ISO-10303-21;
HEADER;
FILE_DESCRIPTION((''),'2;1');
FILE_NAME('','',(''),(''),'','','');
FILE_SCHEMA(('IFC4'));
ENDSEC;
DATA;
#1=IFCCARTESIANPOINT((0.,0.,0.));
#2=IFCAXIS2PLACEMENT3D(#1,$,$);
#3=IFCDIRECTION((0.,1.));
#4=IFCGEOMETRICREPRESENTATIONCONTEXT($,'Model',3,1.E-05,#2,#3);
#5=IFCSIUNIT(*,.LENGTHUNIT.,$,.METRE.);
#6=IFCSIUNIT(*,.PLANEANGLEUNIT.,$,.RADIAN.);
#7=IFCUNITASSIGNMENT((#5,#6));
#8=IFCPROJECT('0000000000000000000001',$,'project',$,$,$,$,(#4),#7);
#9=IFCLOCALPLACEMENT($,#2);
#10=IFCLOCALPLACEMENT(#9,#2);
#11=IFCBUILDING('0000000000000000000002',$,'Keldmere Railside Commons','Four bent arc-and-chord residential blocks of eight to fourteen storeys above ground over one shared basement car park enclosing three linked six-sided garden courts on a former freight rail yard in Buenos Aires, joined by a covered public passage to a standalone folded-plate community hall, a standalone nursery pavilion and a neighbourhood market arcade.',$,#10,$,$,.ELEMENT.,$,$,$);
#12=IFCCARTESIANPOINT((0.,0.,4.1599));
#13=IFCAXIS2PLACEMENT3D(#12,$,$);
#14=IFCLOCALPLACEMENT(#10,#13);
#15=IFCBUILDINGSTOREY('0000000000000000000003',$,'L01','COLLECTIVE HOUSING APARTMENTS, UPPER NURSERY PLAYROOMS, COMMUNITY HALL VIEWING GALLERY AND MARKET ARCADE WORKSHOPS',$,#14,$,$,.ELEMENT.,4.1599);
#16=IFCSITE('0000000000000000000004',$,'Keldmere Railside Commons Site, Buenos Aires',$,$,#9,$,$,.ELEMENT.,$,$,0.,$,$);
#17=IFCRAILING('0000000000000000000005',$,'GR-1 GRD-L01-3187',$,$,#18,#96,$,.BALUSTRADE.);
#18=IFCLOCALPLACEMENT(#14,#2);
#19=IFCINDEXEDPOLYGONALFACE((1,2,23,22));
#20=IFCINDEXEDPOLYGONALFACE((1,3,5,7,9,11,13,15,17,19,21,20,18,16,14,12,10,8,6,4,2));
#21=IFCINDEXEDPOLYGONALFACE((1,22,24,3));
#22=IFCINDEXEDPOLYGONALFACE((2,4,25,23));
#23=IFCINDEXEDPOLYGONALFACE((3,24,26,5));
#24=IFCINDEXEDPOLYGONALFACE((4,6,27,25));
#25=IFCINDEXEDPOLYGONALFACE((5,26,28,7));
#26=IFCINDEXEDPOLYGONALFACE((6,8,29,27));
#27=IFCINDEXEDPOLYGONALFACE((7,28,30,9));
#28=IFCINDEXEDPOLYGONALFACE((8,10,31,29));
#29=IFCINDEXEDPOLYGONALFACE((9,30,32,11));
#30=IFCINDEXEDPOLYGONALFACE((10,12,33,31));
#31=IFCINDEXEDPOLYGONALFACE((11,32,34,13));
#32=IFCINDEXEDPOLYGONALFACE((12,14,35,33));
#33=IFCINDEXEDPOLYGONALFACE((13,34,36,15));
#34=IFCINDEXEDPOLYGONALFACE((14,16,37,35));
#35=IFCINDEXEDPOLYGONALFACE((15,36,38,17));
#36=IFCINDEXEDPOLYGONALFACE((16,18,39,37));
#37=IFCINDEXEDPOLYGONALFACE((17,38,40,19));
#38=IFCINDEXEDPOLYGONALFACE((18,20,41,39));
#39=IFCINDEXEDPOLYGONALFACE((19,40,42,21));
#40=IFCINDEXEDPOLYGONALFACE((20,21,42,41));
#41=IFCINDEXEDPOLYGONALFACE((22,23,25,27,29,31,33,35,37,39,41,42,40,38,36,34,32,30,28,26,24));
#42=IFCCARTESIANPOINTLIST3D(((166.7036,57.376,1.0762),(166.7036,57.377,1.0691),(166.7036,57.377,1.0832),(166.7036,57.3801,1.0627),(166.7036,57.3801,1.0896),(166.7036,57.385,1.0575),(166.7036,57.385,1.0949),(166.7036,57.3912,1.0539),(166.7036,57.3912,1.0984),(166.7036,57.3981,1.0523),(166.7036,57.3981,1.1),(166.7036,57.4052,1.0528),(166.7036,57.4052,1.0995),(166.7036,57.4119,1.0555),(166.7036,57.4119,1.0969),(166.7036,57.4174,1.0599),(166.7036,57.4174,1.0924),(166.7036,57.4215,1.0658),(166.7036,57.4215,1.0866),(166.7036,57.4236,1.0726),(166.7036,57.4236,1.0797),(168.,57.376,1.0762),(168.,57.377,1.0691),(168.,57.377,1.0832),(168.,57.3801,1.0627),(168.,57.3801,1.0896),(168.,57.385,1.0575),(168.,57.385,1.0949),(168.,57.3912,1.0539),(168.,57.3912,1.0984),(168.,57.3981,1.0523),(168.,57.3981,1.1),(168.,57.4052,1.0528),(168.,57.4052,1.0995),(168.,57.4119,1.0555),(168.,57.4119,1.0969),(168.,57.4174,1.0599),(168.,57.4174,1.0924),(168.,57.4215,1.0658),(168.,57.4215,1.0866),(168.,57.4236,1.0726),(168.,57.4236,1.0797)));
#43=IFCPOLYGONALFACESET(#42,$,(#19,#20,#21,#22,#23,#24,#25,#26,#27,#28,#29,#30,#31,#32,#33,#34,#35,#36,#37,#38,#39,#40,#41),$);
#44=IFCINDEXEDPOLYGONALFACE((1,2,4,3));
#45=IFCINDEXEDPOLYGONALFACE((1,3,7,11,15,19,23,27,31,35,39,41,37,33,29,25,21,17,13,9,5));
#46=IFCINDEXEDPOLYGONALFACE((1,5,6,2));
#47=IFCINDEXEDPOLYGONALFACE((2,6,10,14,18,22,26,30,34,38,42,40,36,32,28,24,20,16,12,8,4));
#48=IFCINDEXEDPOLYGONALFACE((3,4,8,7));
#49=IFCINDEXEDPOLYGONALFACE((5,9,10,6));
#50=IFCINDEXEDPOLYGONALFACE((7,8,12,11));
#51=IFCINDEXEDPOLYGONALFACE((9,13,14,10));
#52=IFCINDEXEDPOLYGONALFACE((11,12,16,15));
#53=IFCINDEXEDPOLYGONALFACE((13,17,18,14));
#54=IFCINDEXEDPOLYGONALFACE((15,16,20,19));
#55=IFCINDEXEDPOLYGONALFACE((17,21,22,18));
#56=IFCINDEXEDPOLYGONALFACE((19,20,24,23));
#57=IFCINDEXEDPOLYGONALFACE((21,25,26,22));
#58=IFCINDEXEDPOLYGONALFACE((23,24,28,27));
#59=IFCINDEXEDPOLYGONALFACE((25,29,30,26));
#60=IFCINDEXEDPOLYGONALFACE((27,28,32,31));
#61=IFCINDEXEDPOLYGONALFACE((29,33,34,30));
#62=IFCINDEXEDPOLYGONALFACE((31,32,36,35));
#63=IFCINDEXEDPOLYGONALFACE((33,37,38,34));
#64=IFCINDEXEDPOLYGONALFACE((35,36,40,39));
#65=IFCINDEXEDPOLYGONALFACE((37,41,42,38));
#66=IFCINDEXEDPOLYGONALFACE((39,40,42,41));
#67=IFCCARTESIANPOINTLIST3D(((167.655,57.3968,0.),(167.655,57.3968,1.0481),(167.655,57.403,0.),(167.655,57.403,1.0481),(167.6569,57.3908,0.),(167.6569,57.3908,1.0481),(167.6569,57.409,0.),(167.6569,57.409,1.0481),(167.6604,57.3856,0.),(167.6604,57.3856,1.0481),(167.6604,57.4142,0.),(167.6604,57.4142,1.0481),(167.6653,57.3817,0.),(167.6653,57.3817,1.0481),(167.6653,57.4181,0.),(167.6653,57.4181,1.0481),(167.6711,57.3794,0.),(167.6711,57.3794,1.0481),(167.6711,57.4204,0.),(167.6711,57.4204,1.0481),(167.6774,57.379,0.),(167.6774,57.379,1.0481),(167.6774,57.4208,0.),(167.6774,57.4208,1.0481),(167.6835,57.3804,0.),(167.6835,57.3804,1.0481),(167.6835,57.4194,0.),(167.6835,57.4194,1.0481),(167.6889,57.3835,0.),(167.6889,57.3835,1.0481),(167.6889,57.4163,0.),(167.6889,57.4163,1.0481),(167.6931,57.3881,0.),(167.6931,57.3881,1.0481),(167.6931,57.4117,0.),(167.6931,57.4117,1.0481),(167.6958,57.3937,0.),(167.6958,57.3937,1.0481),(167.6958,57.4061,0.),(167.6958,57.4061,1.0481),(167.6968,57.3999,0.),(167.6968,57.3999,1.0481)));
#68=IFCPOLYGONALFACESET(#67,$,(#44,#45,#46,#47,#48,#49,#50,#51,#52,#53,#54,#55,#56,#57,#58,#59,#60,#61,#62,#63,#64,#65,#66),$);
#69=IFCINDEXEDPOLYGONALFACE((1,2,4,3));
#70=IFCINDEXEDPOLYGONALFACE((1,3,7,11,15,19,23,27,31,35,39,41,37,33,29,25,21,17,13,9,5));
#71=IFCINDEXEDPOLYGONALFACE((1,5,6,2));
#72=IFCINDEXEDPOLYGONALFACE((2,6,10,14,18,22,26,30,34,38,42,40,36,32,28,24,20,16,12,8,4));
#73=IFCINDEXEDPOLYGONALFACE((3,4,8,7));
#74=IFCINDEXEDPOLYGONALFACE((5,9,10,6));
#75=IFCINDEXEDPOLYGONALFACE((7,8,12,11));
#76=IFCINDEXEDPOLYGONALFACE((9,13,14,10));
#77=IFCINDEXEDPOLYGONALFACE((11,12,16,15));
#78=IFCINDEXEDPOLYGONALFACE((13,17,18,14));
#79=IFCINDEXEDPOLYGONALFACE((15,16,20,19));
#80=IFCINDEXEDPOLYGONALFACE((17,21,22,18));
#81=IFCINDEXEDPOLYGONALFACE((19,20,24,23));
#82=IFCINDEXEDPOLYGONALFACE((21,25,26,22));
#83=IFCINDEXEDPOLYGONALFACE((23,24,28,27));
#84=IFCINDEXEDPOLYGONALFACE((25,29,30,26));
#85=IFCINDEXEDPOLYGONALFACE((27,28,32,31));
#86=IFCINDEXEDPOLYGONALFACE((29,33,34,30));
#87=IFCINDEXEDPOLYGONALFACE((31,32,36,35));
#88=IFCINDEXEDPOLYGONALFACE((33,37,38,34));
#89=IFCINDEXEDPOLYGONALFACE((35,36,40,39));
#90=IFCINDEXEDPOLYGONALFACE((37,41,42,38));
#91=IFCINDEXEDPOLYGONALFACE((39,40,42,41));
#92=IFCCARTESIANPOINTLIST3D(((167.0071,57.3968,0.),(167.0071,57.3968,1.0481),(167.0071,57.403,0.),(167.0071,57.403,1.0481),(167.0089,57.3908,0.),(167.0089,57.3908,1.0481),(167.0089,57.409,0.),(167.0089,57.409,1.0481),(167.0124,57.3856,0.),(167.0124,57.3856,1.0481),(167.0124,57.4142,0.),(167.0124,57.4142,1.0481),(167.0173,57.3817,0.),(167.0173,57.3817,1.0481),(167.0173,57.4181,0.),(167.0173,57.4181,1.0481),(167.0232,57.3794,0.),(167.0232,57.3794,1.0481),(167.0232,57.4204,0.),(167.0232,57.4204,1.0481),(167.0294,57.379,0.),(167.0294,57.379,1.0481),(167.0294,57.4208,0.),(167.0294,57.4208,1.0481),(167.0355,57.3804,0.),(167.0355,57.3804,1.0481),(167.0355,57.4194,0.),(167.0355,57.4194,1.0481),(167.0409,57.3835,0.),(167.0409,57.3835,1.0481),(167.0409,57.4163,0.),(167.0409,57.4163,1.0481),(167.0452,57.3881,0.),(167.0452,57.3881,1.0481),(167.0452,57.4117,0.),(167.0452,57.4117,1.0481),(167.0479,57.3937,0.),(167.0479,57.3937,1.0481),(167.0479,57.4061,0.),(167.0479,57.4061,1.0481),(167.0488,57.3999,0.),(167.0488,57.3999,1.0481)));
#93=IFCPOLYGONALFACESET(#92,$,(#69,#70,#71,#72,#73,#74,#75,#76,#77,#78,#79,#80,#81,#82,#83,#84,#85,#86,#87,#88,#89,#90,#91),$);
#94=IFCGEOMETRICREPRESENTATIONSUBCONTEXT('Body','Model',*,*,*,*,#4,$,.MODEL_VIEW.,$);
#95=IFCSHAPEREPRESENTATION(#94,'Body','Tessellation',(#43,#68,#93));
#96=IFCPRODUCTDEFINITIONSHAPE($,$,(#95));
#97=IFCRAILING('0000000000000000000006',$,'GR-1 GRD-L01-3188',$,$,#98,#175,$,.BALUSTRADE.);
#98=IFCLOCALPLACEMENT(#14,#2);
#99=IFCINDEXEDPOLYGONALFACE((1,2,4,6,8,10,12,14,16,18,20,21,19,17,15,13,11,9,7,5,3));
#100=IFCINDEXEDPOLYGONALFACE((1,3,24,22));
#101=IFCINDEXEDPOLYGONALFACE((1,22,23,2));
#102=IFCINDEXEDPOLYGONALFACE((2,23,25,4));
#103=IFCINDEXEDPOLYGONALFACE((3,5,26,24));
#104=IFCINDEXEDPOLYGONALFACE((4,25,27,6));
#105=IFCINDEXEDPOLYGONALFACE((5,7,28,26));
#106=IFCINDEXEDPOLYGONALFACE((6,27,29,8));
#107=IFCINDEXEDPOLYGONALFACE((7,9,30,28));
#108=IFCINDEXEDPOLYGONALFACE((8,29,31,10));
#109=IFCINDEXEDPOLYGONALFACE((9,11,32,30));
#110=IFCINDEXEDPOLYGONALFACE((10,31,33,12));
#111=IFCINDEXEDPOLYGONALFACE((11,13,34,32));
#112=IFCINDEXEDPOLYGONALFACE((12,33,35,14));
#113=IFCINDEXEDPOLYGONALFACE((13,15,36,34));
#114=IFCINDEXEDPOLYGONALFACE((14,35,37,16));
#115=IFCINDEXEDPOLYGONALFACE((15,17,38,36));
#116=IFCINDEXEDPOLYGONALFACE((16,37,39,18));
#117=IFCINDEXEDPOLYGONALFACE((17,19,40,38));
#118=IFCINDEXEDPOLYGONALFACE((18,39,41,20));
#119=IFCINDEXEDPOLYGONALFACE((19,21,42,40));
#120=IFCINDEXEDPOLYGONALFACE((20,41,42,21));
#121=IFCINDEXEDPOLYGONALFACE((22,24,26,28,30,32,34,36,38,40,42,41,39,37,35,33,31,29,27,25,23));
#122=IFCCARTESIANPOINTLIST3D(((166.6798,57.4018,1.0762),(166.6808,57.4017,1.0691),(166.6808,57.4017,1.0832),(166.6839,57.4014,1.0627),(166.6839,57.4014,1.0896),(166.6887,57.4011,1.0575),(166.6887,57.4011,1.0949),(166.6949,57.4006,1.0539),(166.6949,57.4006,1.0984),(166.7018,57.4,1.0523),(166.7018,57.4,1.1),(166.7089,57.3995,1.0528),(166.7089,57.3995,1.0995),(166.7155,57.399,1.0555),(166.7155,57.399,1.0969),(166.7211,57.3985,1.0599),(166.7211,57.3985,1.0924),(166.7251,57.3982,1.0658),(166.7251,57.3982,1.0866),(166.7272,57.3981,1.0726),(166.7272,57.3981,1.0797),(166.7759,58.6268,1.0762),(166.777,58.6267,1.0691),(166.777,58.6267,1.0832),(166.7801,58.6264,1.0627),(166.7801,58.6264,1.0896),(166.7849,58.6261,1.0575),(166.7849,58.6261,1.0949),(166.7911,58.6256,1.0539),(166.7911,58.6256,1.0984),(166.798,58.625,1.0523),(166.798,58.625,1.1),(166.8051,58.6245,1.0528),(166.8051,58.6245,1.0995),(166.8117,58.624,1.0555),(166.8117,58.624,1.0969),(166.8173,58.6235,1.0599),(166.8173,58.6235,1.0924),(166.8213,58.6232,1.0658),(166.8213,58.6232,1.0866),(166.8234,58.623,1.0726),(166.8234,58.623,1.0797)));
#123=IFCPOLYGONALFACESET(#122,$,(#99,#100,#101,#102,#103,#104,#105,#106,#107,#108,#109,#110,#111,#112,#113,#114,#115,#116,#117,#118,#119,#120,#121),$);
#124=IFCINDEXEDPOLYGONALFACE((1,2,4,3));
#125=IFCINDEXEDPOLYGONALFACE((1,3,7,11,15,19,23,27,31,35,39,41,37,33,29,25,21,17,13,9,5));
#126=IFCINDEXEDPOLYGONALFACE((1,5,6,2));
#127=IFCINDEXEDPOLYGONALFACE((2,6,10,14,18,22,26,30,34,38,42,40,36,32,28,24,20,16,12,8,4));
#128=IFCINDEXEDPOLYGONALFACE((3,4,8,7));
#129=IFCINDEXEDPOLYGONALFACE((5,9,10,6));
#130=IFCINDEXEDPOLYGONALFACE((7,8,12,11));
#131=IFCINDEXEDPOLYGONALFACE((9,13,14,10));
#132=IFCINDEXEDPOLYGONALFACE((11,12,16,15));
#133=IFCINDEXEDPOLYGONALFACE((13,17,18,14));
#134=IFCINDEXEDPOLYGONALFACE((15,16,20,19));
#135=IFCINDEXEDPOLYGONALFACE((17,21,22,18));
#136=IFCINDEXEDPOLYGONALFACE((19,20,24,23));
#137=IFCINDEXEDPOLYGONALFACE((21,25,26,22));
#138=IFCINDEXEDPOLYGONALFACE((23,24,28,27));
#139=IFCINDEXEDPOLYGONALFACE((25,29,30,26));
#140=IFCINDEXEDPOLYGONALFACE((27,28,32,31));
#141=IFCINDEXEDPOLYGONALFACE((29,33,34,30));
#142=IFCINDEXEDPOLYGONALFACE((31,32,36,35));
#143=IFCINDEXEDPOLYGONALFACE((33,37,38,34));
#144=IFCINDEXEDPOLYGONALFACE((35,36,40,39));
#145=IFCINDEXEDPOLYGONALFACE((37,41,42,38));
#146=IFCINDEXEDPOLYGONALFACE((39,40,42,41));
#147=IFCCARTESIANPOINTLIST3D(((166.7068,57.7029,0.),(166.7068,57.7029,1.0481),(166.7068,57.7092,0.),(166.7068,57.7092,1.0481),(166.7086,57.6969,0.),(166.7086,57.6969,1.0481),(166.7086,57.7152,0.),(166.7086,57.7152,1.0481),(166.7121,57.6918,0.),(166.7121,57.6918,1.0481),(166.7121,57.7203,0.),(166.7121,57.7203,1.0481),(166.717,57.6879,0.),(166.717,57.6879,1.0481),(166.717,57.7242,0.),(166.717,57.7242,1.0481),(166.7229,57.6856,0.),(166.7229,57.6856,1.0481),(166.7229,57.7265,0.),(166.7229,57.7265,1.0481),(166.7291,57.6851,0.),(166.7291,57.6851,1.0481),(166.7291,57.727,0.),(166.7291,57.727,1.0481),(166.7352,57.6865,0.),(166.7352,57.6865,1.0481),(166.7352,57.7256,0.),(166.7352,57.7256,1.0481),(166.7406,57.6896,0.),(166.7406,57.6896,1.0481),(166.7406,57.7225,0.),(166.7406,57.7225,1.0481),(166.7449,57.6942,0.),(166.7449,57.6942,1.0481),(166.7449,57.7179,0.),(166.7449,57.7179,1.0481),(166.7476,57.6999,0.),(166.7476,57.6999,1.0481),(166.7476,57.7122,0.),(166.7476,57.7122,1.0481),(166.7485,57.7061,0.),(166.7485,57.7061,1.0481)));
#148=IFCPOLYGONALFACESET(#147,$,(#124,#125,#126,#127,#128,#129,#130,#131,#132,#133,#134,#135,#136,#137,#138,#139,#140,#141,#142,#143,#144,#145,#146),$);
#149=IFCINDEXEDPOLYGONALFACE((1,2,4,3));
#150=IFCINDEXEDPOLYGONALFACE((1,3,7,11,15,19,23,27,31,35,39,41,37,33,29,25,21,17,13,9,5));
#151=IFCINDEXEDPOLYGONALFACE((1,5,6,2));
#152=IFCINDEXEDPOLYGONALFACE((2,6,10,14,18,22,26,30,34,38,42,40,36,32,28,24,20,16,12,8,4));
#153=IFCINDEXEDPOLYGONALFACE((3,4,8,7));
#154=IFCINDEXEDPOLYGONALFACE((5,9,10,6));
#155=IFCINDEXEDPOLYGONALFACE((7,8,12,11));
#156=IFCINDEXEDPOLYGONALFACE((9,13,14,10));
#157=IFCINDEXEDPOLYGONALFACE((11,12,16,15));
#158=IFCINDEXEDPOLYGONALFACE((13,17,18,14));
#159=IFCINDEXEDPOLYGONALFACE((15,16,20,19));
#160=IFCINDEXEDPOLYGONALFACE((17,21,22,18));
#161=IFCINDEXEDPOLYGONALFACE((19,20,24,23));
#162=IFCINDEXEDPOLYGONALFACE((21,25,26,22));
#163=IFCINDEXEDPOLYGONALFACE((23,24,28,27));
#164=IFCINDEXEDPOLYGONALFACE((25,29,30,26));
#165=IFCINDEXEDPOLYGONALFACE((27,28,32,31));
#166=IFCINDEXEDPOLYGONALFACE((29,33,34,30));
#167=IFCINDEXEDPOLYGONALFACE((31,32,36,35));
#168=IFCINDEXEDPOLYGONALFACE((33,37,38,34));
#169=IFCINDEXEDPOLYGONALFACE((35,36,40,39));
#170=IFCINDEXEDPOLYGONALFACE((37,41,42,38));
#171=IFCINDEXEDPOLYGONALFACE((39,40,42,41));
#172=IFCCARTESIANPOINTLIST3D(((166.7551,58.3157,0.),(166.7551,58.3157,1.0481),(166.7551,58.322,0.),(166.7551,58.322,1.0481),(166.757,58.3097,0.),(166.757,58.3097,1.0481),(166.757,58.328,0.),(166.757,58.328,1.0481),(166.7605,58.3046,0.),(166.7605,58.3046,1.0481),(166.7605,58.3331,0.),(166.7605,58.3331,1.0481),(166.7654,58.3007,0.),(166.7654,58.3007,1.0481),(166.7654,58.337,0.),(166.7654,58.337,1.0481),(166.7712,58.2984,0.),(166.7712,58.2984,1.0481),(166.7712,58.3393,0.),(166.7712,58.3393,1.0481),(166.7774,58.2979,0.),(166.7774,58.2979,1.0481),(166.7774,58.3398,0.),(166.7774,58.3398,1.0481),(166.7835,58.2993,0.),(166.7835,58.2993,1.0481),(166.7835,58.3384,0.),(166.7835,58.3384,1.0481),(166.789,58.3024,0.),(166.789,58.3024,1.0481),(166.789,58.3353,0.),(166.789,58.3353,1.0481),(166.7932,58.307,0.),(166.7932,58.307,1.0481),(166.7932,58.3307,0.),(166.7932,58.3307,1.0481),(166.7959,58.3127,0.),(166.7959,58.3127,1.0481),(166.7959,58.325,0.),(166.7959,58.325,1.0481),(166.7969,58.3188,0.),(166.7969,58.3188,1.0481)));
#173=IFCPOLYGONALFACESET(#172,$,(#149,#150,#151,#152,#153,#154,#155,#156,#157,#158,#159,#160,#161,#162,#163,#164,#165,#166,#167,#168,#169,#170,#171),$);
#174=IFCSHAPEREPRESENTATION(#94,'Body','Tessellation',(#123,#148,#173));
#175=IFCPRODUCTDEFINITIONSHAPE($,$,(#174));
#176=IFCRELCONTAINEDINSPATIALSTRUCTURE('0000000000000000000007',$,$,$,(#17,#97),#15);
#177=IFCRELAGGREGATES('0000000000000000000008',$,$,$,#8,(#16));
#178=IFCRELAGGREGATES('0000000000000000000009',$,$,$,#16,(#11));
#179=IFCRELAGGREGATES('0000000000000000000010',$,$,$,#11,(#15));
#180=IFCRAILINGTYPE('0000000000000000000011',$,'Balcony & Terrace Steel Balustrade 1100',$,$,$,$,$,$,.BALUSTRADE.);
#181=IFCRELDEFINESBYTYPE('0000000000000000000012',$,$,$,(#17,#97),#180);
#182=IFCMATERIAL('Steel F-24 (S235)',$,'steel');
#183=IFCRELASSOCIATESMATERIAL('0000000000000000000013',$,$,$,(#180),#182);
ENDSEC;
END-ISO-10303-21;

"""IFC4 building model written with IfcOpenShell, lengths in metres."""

from ifc_helpers import new_model, si_unit, direction, frame, origin, origin_2d, place, context, subcontext, project, spatial, circle, extrude, material, type_object, element, save


model = new_model("IFC4")

# Units and contexts
model_context = context("Model", 3, precision=1e-05, world=origin(), true_north=direction((0.0, 1.0)))
body_context = subcontext(model_context, "Body", "Model", "MODEL_VIEW")
ifc_project = project(units=[si_unit("LENGTHUNIT", "METRE"), si_unit("PLANEANGLEUNIT", "RADIAN")], contexts=[model_context])

# Site, building, storey
site_placement = place(None, origin())
site = spatial("IfcSite", under=ifc_project, at=site_placement, Name="Keldmere Railside Commons Site, Buenos Aires", CompositionType="ELEMENT", RefElevation=0.0)
building_placement = place(site_placement, origin())
building = spatial("IfcBuilding", under=site, at=building_placement, Name="Keldmere Railside Commons", Description="Four bent arc-and-chord residential blocks of eight to fourteen storeys above ground over one shared basement car park enclosing three linked six-sided garden courts on a former freight rail yard in Buenos Aires, joined by a covered public passage to a standalone folded-plate community hall, a standalone nursery pavilion and a neighbourhood market arcade.", CompositionType="ELEMENT")
storey_placement = place(building_placement, frame((0.0, 0.0, 4.1599)))
storey = spatial("IfcBuildingStorey", under=building, at=storey_placement, Name="L01", Description="COLLECTIVE HOUSING APARTMENTS, UPPER NURSERY PLAYROOMS, COMMUNITY HALL VIEWING GALLERY AND MARKET ARCADE WORKSHOPS", CompositionType="ELEMENT", Elevation=4.1599)

# Railings
ifc_material_1 = material(Name="Steel F-24 (S235)", Category="steel")
railing_type = type_object("IfcRailingType", Name="Balcony & Terrace Steel Balustrade 1100", PredefinedType="BALUSTRADE", material=ifc_material_1)
railing_1_placement = place(storey_placement, frame((168.0, 57.3999, 0.0)))
element("IfcRailing", 1, at=railing_1_placement, inside=storey, type_object=railing_type, Name="GR-1 GRD-L01-3187", PredefinedType="BALUSTRADE", context=body_context, shape_type="SweptSolid", body=[
    extrude(circle(Radius=0.0239, at=origin_2d()), frame((0.0, 0.0, 1.0762), z_axis=(-1.0, 0.0, 0.0), x_axis=(0.0, -1.0, 0.0)), (0.0, 0.0, 1.0), 1.2964),
    extrude(circle(Radius=0.021, at=origin_2d()), frame((-0.3242, 0.0, 0.0)), (0.0, 0.0, 1.0), 1.0481),
    extrude(circle(Radius=0.021, at=origin_2d()), frame((-0.9722, 0.0, 0.0)), (0.0, 0.0, 1.0), 1.0481),
])
railing_2_placement = place(storey_placement, frame((166.7036, 57.3999, 0.0)))
element("IfcRailing", 2, at=railing_2_placement, inside=storey, type_object=railing_type, Name="GR-1 GRD-L01-3188", PredefinedType="BALUSTRADE", context=body_context, shape_type="SweptSolid", body=[
    extrude(circle(Radius=0.0239, at=origin_2d()), frame((0.0, 0.0, 1.0762), z_axis=(0.078276, 0.996932, 0.0), x_axis=(-0.996932, 0.078276, 0.0)), (0.0, 0.0, 1.0), 1.2288),
    extrude(circle(Radius=0.021, at=origin_2d()), frame((0.0239, 0.3062, 0.0)), (0.0, 0.0, 1.0), 1.0481),
    extrude(circle(Radius=0.021, at=origin_2d()), frame((0.0723, 0.9189, 0.0)), (0.0, 0.0, 1.0), 1.0481),
])

save(model, "model.ifc")
